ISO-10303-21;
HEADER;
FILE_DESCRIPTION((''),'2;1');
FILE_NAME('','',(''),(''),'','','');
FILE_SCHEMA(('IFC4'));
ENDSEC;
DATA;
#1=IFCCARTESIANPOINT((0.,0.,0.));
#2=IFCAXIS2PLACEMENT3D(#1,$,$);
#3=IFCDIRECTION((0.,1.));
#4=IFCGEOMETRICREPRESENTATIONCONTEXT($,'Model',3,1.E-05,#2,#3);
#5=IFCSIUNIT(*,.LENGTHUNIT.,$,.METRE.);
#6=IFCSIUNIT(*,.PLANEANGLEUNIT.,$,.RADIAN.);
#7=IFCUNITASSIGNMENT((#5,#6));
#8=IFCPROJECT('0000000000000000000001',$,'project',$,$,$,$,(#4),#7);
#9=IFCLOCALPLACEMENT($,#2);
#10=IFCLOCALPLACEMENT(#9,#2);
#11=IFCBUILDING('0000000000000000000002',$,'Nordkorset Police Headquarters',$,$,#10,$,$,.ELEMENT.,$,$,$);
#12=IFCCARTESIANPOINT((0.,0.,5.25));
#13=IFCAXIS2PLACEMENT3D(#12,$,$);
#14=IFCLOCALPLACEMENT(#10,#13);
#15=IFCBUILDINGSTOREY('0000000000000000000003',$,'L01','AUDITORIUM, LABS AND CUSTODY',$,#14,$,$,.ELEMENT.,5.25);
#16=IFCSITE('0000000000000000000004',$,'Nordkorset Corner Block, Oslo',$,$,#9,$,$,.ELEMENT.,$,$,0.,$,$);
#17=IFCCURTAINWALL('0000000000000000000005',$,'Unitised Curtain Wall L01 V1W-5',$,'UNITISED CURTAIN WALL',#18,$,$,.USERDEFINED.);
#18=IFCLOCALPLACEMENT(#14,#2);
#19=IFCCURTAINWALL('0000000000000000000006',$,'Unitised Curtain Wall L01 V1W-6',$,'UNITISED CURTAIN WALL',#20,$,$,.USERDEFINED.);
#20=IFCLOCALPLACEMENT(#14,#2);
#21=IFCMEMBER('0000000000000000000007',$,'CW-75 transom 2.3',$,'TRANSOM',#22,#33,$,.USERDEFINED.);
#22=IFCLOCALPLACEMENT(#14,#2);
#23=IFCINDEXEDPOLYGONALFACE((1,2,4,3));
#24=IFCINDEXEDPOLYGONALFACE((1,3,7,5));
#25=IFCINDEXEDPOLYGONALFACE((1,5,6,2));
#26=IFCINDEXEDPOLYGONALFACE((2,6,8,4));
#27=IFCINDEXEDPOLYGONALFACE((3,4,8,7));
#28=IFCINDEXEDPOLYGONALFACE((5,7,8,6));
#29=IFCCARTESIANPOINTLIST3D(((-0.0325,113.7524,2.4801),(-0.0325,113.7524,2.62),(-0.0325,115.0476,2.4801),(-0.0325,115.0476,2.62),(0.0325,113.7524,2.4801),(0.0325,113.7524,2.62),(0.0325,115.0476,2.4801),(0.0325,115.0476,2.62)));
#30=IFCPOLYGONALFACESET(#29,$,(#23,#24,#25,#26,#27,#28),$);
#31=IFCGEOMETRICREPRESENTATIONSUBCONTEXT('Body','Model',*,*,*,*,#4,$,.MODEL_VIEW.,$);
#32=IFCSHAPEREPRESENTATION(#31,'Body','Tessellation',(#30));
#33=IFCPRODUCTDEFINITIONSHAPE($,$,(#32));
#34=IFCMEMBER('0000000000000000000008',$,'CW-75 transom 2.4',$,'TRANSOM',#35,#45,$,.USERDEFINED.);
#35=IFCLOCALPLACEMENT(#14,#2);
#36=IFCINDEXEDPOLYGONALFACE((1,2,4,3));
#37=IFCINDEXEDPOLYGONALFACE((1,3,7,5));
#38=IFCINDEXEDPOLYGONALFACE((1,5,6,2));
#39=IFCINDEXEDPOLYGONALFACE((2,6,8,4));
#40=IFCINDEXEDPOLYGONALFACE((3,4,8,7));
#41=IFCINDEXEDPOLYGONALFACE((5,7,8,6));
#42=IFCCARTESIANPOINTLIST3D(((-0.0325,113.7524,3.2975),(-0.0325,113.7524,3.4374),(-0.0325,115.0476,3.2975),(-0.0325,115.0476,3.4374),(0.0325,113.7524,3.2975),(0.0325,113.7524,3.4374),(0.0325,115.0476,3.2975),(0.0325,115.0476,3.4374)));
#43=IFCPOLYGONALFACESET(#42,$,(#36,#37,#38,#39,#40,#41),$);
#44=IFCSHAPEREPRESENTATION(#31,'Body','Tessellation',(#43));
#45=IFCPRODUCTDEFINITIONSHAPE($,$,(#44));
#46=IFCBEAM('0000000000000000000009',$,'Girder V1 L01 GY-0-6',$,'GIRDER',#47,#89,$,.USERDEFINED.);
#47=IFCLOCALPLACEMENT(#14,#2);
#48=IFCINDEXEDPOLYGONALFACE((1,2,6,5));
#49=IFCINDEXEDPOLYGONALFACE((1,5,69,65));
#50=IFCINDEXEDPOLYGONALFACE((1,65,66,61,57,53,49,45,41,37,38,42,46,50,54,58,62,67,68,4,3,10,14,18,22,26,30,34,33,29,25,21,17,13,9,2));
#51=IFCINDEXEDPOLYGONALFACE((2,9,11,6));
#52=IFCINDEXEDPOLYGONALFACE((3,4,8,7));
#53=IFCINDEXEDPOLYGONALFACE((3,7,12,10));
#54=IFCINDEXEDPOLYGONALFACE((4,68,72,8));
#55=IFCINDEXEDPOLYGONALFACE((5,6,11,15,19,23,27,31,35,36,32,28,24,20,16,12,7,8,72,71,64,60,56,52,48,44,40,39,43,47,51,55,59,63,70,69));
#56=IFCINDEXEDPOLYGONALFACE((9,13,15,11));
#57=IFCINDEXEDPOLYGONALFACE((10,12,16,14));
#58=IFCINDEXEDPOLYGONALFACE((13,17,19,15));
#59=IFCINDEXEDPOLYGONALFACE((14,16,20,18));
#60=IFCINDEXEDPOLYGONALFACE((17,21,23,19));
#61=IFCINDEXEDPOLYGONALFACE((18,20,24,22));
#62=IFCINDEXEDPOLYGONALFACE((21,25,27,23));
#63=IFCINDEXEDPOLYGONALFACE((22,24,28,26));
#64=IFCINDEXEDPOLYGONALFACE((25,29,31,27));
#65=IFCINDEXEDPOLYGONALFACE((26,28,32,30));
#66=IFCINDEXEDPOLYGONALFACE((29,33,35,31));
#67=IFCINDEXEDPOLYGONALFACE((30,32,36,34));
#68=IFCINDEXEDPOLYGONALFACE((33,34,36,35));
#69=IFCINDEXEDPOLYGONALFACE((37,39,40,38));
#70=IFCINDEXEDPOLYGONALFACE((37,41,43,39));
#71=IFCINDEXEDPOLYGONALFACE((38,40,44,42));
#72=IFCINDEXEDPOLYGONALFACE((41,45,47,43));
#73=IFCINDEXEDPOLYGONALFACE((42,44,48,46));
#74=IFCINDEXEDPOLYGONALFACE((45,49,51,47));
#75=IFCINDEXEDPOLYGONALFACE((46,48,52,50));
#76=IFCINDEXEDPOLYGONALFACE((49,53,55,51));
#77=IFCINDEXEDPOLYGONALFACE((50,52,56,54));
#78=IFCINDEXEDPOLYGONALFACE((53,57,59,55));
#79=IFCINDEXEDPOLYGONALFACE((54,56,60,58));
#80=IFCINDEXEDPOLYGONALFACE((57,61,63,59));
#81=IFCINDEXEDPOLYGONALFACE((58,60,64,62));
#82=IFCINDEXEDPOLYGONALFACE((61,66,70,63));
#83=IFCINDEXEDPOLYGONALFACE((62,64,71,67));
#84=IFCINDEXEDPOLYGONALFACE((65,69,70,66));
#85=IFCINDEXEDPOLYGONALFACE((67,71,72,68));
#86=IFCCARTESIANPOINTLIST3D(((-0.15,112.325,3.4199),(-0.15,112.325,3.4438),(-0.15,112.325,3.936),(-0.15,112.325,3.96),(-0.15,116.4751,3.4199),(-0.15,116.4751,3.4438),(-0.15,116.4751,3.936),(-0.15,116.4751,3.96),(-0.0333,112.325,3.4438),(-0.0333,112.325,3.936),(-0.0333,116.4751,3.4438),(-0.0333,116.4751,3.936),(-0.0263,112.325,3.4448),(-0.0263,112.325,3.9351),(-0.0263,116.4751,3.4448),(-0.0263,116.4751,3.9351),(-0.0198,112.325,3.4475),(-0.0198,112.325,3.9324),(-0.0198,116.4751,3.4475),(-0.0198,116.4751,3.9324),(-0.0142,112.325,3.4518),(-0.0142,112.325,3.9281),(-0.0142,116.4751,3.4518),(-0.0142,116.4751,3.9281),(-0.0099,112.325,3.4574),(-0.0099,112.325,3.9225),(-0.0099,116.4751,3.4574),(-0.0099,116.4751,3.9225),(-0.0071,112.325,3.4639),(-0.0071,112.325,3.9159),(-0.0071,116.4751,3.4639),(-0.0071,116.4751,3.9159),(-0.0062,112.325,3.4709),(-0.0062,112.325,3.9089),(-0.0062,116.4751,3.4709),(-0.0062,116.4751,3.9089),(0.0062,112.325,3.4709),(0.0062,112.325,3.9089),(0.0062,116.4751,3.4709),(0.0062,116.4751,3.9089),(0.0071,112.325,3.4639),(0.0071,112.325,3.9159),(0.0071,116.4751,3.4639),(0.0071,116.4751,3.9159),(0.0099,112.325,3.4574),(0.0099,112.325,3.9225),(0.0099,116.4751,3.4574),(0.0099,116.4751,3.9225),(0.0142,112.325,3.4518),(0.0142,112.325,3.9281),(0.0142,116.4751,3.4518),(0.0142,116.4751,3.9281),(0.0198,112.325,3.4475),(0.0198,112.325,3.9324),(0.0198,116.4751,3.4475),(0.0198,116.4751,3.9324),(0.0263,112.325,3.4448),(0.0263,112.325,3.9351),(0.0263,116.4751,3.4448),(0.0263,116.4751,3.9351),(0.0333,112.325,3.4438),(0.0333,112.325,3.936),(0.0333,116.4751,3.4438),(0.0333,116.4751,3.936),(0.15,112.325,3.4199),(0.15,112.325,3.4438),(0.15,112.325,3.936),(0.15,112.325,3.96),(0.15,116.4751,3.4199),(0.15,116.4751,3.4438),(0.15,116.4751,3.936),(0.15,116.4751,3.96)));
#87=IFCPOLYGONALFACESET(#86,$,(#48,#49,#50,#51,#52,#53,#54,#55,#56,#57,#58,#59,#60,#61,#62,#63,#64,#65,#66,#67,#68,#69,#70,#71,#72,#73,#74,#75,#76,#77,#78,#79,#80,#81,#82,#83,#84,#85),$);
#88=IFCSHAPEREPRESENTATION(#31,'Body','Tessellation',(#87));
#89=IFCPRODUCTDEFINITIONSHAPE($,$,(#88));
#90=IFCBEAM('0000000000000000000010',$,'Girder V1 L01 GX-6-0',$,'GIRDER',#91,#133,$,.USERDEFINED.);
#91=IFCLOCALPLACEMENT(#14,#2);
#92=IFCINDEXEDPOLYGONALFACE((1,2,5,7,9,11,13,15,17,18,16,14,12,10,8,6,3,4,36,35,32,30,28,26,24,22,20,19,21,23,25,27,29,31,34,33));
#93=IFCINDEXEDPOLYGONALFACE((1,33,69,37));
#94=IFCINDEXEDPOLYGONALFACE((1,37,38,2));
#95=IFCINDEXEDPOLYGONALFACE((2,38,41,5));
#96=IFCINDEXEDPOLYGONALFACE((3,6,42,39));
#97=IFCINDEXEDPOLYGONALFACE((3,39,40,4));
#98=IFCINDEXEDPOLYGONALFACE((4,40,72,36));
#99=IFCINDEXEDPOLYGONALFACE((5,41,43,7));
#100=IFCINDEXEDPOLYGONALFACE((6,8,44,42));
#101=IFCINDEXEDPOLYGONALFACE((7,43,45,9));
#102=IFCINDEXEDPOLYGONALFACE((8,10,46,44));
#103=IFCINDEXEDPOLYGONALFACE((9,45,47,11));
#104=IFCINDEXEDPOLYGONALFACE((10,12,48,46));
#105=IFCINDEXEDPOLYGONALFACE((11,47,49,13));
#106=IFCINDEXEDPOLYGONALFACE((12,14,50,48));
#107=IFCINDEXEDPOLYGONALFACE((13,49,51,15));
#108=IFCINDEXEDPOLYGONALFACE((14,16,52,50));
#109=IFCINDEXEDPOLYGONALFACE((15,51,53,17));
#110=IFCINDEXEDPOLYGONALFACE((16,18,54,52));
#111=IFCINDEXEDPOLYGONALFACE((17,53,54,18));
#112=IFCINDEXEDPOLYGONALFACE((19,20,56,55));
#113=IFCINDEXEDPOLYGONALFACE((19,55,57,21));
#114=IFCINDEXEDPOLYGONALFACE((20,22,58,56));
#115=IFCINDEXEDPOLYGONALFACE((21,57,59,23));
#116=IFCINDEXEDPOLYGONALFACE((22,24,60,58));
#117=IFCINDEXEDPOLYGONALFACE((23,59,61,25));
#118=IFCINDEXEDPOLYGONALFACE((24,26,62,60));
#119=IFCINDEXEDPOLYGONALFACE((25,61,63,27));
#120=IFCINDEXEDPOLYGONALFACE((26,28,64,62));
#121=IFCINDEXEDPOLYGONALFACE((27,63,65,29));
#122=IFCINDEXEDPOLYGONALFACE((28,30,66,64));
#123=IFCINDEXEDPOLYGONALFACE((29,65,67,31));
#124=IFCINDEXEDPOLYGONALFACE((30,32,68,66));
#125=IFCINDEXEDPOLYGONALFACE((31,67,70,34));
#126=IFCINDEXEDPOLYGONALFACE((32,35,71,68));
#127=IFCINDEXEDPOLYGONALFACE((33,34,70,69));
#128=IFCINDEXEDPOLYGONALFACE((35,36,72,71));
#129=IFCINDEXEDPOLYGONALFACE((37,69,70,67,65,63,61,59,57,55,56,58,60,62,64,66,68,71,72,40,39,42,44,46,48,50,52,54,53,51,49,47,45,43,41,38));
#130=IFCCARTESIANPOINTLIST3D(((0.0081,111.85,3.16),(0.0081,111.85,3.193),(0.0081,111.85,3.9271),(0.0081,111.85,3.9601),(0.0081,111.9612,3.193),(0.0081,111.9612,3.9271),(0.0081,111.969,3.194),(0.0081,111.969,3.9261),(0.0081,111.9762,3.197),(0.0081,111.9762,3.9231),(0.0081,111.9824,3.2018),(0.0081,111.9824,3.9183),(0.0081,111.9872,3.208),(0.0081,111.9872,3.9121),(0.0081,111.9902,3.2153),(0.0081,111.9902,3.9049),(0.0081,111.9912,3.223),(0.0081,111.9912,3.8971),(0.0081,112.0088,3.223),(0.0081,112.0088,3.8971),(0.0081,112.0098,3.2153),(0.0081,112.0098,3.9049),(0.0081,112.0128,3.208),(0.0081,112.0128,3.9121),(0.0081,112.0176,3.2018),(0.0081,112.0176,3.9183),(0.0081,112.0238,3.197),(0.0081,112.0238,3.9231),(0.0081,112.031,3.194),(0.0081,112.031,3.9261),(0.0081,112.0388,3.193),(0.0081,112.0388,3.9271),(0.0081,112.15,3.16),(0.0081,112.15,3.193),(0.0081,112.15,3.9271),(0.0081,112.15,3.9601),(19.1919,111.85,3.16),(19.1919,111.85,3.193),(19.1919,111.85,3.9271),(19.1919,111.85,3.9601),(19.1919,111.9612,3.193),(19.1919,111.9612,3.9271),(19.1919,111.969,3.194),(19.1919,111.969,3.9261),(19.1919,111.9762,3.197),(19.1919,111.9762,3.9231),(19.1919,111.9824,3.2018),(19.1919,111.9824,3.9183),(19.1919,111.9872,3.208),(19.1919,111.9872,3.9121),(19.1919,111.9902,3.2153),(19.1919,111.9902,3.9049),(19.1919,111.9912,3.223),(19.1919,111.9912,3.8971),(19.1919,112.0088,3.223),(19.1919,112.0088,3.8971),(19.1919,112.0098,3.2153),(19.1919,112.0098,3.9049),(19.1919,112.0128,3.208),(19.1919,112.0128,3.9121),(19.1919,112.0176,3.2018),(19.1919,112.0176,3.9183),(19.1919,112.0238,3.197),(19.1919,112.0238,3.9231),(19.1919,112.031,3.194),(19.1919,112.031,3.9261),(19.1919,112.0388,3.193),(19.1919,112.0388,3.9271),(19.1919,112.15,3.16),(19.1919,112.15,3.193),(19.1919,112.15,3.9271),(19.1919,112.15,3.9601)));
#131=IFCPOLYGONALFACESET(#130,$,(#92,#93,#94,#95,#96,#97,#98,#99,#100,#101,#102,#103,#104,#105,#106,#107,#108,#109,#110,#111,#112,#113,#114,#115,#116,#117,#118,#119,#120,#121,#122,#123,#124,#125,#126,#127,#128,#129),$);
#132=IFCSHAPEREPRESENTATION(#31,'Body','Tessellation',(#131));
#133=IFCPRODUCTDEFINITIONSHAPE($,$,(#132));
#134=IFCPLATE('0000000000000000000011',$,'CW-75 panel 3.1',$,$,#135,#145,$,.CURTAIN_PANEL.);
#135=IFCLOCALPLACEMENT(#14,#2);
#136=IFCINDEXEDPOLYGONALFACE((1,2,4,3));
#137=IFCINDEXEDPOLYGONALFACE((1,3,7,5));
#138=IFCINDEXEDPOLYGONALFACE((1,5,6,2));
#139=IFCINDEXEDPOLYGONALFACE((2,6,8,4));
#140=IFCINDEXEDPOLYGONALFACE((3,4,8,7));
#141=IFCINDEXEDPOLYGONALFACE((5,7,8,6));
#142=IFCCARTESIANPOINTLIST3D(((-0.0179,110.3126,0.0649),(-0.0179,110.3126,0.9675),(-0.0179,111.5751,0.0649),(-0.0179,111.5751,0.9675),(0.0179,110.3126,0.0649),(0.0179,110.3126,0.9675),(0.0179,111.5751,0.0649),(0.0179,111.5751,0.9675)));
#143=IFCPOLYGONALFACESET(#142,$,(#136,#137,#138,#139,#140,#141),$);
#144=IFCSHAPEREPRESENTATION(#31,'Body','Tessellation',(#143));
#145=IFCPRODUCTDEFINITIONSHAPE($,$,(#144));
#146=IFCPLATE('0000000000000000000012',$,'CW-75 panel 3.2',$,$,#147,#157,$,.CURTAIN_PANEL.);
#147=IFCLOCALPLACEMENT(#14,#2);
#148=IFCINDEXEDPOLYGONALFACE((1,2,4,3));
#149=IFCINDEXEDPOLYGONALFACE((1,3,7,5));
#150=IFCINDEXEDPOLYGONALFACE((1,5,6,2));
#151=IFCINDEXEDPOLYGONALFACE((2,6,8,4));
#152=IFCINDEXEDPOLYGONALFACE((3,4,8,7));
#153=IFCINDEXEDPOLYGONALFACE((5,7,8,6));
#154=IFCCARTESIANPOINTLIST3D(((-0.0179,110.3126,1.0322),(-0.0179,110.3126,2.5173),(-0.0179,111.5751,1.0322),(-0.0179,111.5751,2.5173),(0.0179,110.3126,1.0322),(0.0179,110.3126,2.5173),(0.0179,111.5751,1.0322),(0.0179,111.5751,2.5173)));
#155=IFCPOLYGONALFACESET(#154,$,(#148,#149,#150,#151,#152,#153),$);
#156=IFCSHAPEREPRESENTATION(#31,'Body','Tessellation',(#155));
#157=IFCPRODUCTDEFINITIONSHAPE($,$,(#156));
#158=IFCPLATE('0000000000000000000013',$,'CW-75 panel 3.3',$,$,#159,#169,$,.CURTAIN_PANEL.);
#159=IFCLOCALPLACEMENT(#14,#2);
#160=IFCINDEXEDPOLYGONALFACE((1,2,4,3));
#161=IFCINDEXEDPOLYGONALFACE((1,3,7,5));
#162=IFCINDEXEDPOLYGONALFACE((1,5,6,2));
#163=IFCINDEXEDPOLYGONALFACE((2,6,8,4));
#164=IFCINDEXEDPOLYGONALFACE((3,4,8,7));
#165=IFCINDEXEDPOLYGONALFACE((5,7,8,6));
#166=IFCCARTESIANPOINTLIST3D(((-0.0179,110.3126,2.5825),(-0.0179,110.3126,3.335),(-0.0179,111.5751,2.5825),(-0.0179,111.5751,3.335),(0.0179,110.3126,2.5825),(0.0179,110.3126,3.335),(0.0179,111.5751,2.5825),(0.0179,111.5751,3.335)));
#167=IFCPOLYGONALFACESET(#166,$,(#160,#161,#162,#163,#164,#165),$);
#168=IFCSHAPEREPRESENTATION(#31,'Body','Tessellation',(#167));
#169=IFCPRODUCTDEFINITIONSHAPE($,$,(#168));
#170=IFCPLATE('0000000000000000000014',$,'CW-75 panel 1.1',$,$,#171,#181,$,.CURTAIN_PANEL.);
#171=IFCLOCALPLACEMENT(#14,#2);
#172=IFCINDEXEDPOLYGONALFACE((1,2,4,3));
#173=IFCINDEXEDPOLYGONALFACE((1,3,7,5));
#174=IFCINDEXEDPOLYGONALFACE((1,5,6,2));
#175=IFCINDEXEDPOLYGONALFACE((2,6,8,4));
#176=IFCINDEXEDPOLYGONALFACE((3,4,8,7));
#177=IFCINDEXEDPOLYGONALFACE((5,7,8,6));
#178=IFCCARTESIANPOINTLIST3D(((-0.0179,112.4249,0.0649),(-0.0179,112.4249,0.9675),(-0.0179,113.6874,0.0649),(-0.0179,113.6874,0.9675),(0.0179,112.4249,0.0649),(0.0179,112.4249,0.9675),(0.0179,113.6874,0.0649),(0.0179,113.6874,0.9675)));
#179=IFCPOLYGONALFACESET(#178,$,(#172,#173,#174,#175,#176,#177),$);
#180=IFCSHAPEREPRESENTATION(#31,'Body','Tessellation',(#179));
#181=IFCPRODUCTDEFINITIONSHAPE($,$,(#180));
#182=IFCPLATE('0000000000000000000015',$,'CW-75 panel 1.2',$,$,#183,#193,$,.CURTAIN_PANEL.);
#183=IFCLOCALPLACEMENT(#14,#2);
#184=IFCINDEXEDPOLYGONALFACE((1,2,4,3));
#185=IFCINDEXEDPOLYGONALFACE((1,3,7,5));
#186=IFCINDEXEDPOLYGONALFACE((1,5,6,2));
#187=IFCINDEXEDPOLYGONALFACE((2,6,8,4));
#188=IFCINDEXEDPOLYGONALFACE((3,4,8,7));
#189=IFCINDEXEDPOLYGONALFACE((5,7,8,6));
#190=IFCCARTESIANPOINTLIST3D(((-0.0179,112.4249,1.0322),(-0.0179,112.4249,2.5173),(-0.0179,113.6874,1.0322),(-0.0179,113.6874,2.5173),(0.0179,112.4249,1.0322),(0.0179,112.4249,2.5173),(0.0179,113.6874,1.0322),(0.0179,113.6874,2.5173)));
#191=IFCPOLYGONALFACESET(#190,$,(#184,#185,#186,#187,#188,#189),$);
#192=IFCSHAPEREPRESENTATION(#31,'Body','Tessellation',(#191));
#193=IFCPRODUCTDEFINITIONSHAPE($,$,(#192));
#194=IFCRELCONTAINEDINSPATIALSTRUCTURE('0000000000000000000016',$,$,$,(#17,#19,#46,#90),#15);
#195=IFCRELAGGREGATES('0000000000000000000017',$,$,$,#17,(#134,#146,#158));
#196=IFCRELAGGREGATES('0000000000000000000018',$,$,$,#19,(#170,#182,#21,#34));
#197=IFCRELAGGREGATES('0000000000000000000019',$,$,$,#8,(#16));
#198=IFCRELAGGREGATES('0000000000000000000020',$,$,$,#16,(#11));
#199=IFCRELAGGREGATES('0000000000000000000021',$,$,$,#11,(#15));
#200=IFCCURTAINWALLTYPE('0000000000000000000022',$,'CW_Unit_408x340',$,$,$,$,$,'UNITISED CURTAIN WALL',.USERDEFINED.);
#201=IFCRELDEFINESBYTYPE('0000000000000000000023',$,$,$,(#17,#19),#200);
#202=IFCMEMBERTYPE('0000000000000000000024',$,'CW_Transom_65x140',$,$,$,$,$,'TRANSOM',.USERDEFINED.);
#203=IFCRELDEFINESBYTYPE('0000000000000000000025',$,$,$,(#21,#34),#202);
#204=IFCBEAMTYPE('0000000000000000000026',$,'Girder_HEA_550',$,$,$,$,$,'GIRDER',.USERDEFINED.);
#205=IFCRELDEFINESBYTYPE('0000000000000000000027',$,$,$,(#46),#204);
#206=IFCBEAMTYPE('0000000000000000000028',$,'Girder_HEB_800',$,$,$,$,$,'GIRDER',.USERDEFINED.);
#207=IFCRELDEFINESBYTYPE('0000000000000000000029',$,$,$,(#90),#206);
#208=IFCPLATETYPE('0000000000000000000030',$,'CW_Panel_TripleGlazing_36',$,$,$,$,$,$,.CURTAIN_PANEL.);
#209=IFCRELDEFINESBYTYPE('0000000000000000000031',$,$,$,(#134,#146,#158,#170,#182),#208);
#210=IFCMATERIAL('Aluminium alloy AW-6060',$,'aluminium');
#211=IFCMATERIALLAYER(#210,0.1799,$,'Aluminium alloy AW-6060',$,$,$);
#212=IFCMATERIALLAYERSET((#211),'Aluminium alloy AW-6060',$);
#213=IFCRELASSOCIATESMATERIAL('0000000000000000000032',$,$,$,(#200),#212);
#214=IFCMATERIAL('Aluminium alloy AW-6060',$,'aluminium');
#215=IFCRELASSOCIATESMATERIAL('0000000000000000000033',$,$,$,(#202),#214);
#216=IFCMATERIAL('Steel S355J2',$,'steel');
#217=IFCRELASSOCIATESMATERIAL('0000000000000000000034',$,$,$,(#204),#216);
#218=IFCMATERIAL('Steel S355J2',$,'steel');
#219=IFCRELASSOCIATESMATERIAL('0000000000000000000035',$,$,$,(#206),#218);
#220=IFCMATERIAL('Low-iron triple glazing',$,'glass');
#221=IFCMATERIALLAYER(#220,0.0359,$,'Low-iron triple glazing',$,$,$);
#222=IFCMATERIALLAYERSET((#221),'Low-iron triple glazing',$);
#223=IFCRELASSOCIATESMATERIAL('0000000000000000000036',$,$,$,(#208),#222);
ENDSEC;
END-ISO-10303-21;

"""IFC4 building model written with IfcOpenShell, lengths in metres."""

from ifc_helpers import new_model, si_unit, direction, frame, origin, origin_2d, place, context, subcontext, project, spatial, rectangle, i_section, extrude, material, layer, layer_set, material_profile, profile_set, type_object, element, aggregate, save


model = new_model("IFC4")

# Units and contexts
model_context = context("Model", 3, precision=1e-05, world=origin(), true_north=direction((0.0, 1.0)))
body_context = subcontext(model_context, "Body", "Model", "MODEL_VIEW")
ifc_project = project(units=[si_unit("LENGTHUNIT", "METRE"), si_unit("PLANEANGLEUNIT", "RADIAN")], contexts=[model_context])

# Site, building, storey
site_placement = place(None, origin())
site = spatial("IfcSite", under=ifc_project, at=site_placement, Name="Nordkorset Corner Block, Oslo", CompositionType="ELEMENT", RefElevation=0.0)
building_placement = place(site_placement, origin())
building = spatial("IfcBuilding", under=site, at=building_placement, Name="Nordkorset Police Headquarters", CompositionType="ELEMENT")
storey_placement = place(building_placement, frame((0.0, 0.0, 5.25)))
storey = spatial("IfcBuildingStorey", under=building, at=storey_placement, Name="L01", Description="AUDITORIUM, LABS AND CUSTODY", CompositionType="ELEMENT", Elevation=5.25)

# Curtain wall
ifc_material_1 = material(Name="Aluminium alloy AW-6060", Category="aluminium")
ifc_layer_1 = layer(ifc_material_1, 0.1799, Name="Aluminium alloy AW-6060")
ifc_layer_set_1 = layer_set([ifc_layer_1], Name="Aluminium alloy AW-6060")
curtain_wall_type = type_object("IfcCurtainWallType", Name="CW_Unit_408x340", ElementType="UNITISED CURTAIN WALL", PredefinedType="USERDEFINED", material=ifc_layer_set_1)
curtain_wall_1_placement = place(storey_placement, origin())
curtain_wall_1 = element("IfcCurtainWall", 1, at=curtain_wall_1_placement, inside=storey, type_object=curtain_wall_type, Name="Unitised Curtain Wall L01 V1W-5", ObjectType="UNITISED CURTAIN WALL", PredefinedType="USERDEFINED")

# Curtain wall
curtain_wall_2_placement = place(storey_placement, origin())
curtain_wall_2 = element("IfcCurtainWall", 2, at=curtain_wall_2_placement, inside=storey, type_object=curtain_wall_type, Name="Unitised Curtain Wall L01 V1W-6", ObjectType="UNITISED CURTAIN WALL", PredefinedType="USERDEFINED")

# Members
ifc_material_2 = material(Name="Aluminium alloy AW-6060", Category="aluminium")
ifc_material_profile_1 = material_profile(ifc_material_2, rectangle(XDim=0.0649, YDim=0.1399, at=origin_2d()), Name="ALU TRAN 65x140")
ifc_profile_set_1 = profile_set([ifc_material_profile_1], Name="Aluminium alloy AW-6060")
member_type_1 = type_object("IfcMemberType", Name="CW_Transom_65x140", ElementType="TRANSOM", PredefinedType="USERDEFINED", material=ifc_profile_set_1)
member_1_placement = place(storey_placement, frame((0.0, 113.7524, 2.55), z_axis=(0.0, 1.0, 0.0), x_axis=(-1.0, 0.0, 0.0)))
member_1 = element("IfcMember", 3, at=member_1_placement, type_object=member_type_1, Name="CW-75 transom 2.3", ObjectType="TRANSOM", PredefinedType="USERDEFINED", context=body_context, shape_type="SweptSolid", body=[
    extrude(rectangle(XDim=0.0649, YDim=0.1399, at=origin_2d()), origin(), (0.0, 0.0, 1.0), 1.2952),
])
member_2_placement = place(storey_placement, frame((0.0, 113.7524, 3.3674), z_axis=(0.0, 1.0, 0.0), x_axis=(-1.0, 0.0, 0.0)))
member_2 = element("IfcMember", 4, at=member_2_placement, type_object=member_type_1, Name="CW-75 transom 2.4", ObjectType="TRANSOM", PredefinedType="USERDEFINED", context=body_context, shape_type="SweptSolid", body=[
    extrude(rectangle(XDim=0.0649, YDim=0.1399, at=origin_2d()), origin(), (0.0, 0.0, 1.0), 1.2952),
])

# Beams
ifc_material_3 = material(Name="Steel S355J2", Category="steel")
ifc_material_profile_2 = material_profile(ifc_material_3, i_section(OverallWidth=0.3, OverallDepth=0.54, WebThickness=0.0125, FlangeThickness=0.0239, FilletRadius=0.0271, at=origin_2d()), Name="HEA 550")
ifc_profile_set_2 = profile_set([ifc_material_profile_2], Name="Steel S355J2")
beam_type_1 = type_object("IfcBeamType", Name="Girder_HEA_550", ElementType="GIRDER", PredefinedType="USERDEFINED", material=ifc_profile_set_2)
beam_1_placement = place(storey_placement, frame((0.0, 112.325, 3.6899), z_axis=(0.0, 1.0, 0.0), x_axis=(-1.0, 0.0, 0.0)))
element("IfcBeam", 5, at=beam_1_placement, inside=storey, type_object=beam_type_1, Name="Girder V1 L01 GY-0-6", ObjectType="GIRDER", PredefinedType="USERDEFINED", context=body_context, shape_type="SweptSolid", body=[
    extrude(i_section(OverallWidth=0.3, OverallDepth=0.54, WebThickness=0.0125, FlangeThickness=0.0239, FilletRadius=0.0271, at=origin_2d()), origin(), (0.0, 0.0, 1.0), 4.1501),
])
ifc_material_4 = material(Name="Steel S355J2", Category="steel")
ifc_material_profile_3 = material_profile(ifc_material_4, i_section(OverallWidth=0.3, OverallDepth=0.8, WebThickness=0.0176, FlangeThickness=0.033, FilletRadius=0.03, at=origin_2d()), Name="HEB 800")
ifc_profile_set_3 = profile_set([ifc_material_profile_3], Name="Steel S355J2")
beam_type_2 = type_object("IfcBeamType", Name="Girder_HEB_800", ElementType="GIRDER", PredefinedType="USERDEFINED", material=ifc_profile_set_3)
beam_2_placement = place(storey_placement, frame((0.0081, 112.0, 3.5601), z_axis=(1.0, 0.0, 0.0), x_axis=(0.0, 1.0, 0.0)))
element("IfcBeam", 6, at=beam_2_placement, inside=storey, type_object=beam_type_2, Name="Girder V1 L01 GX-6-0", ObjectType="GIRDER", PredefinedType="USERDEFINED", context=body_context, shape_type="SweptSolid", body=[
    extrude(i_section(OverallWidth=0.3, OverallDepth=0.8, WebThickness=0.0176, FlangeThickness=0.033, FilletRadius=0.03, at=origin_2d()), origin(), (0.0, 0.0, 1.0), 19.1838),
])

# Plates
ifc_material_5 = material(Name="Low-iron triple glazing", Category="glass")
ifc_layer_2 = layer(ifc_material_5, 0.0359, Name="Low-iron triple glazing")
ifc_layer_set_2 = layer_set([ifc_layer_2], Name="Low-iron triple glazing")
plate_type = type_object("IfcPlateType", Name="CW_Panel_TripleGlazing_36", PredefinedType="CURTAIN_PANEL", material=ifc_layer_set_2)
plate_1_placement = place(storey_placement, frame((0.0, 110.9438, 0.0649), z_axis=(0.0, 0.0, 1.0), x_axis=(0.0, 1.0, 0.0)))
plate_1 = element("IfcPlate", 7, at=plate_1_placement, type_object=plate_type, Name="CW-75 panel 3.1", PredefinedType="CURTAIN_PANEL", context=body_context, shape_type="SweptSolid", body=[
    extrude(rectangle(XDim=1.2625, YDim=0.0359, at=origin_2d()), origin(), (0.0, 0.0, 1.0), 0.9026),
])
plate_2_placement = place(storey_placement, frame((0.0, 110.9438, 1.0322), z_axis=(0.0, 0.0, 1.0), x_axis=(0.0, 1.0, 0.0)))
plate_2 = element("IfcPlate", 8, at=plate_2_placement, type_object=plate_type, Name="CW-75 panel 3.2", PredefinedType="CURTAIN_PANEL", context=body_context, shape_type="SweptSolid", body=[
    extrude(rectangle(XDim=1.2625, YDim=0.0359, at=origin_2d()), origin(), (0.0, 0.0, 1.0), 1.4851),
])
plate_3_placement = place(storey_placement, frame((0.0, 110.9438, 2.5825), z_axis=(0.0, 0.0, 1.0), x_axis=(0.0, 1.0, 0.0)))
plate_3 = element("IfcPlate", 9, at=plate_3_placement, type_object=plate_type, Name="CW-75 panel 3.3", PredefinedType="CURTAIN_PANEL", context=body_context, shape_type="SweptSolid", body=[
    extrude(rectangle(XDim=1.2625, YDim=0.0359, at=origin_2d()), origin(), (0.0, 0.0, 1.0), 0.7524),
])
aggregate(curtain_wall_1, [plate_1, plate_2, plate_3])
plate_4_placement = place(storey_placement, frame((0.0, 113.0562, 0.0649), z_axis=(0.0, 0.0, 1.0), x_axis=(0.0, 1.0, 0.0)))
plate_4 = element("IfcPlate", 10, at=plate_4_placement, type_object=plate_type, Name="CW-75 panel 1.1", PredefinedType="CURTAIN_PANEL", context=body_context, shape_type="SweptSolid", body=[
    extrude(rectangle(XDim=1.2625, YDim=0.0359, at=origin_2d()), origin(), (0.0, 0.0, 1.0), 0.9026),
])
plate_5_placement = place(storey_placement, frame((0.0, 113.0562, 1.0322), z_axis=(0.0, 0.0, 1.0), x_axis=(0.0, 1.0, 0.0)))
plate_5 = element("IfcPlate", 11, at=plate_5_placement, type_object=plate_type, Name="CW-75 panel 1.2", PredefinedType="CURTAIN_PANEL", context=body_context, shape_type="SweptSolid", body=[
    extrude(rectangle(XDim=1.2625, YDim=0.0359, at=origin_2d()), origin(), (0.0, 0.0, 1.0), 1.4851),
])
aggregate(curtain_wall_2, [plate_4, plate_5, member_1, member_2])

save(model, "model.ifc")
